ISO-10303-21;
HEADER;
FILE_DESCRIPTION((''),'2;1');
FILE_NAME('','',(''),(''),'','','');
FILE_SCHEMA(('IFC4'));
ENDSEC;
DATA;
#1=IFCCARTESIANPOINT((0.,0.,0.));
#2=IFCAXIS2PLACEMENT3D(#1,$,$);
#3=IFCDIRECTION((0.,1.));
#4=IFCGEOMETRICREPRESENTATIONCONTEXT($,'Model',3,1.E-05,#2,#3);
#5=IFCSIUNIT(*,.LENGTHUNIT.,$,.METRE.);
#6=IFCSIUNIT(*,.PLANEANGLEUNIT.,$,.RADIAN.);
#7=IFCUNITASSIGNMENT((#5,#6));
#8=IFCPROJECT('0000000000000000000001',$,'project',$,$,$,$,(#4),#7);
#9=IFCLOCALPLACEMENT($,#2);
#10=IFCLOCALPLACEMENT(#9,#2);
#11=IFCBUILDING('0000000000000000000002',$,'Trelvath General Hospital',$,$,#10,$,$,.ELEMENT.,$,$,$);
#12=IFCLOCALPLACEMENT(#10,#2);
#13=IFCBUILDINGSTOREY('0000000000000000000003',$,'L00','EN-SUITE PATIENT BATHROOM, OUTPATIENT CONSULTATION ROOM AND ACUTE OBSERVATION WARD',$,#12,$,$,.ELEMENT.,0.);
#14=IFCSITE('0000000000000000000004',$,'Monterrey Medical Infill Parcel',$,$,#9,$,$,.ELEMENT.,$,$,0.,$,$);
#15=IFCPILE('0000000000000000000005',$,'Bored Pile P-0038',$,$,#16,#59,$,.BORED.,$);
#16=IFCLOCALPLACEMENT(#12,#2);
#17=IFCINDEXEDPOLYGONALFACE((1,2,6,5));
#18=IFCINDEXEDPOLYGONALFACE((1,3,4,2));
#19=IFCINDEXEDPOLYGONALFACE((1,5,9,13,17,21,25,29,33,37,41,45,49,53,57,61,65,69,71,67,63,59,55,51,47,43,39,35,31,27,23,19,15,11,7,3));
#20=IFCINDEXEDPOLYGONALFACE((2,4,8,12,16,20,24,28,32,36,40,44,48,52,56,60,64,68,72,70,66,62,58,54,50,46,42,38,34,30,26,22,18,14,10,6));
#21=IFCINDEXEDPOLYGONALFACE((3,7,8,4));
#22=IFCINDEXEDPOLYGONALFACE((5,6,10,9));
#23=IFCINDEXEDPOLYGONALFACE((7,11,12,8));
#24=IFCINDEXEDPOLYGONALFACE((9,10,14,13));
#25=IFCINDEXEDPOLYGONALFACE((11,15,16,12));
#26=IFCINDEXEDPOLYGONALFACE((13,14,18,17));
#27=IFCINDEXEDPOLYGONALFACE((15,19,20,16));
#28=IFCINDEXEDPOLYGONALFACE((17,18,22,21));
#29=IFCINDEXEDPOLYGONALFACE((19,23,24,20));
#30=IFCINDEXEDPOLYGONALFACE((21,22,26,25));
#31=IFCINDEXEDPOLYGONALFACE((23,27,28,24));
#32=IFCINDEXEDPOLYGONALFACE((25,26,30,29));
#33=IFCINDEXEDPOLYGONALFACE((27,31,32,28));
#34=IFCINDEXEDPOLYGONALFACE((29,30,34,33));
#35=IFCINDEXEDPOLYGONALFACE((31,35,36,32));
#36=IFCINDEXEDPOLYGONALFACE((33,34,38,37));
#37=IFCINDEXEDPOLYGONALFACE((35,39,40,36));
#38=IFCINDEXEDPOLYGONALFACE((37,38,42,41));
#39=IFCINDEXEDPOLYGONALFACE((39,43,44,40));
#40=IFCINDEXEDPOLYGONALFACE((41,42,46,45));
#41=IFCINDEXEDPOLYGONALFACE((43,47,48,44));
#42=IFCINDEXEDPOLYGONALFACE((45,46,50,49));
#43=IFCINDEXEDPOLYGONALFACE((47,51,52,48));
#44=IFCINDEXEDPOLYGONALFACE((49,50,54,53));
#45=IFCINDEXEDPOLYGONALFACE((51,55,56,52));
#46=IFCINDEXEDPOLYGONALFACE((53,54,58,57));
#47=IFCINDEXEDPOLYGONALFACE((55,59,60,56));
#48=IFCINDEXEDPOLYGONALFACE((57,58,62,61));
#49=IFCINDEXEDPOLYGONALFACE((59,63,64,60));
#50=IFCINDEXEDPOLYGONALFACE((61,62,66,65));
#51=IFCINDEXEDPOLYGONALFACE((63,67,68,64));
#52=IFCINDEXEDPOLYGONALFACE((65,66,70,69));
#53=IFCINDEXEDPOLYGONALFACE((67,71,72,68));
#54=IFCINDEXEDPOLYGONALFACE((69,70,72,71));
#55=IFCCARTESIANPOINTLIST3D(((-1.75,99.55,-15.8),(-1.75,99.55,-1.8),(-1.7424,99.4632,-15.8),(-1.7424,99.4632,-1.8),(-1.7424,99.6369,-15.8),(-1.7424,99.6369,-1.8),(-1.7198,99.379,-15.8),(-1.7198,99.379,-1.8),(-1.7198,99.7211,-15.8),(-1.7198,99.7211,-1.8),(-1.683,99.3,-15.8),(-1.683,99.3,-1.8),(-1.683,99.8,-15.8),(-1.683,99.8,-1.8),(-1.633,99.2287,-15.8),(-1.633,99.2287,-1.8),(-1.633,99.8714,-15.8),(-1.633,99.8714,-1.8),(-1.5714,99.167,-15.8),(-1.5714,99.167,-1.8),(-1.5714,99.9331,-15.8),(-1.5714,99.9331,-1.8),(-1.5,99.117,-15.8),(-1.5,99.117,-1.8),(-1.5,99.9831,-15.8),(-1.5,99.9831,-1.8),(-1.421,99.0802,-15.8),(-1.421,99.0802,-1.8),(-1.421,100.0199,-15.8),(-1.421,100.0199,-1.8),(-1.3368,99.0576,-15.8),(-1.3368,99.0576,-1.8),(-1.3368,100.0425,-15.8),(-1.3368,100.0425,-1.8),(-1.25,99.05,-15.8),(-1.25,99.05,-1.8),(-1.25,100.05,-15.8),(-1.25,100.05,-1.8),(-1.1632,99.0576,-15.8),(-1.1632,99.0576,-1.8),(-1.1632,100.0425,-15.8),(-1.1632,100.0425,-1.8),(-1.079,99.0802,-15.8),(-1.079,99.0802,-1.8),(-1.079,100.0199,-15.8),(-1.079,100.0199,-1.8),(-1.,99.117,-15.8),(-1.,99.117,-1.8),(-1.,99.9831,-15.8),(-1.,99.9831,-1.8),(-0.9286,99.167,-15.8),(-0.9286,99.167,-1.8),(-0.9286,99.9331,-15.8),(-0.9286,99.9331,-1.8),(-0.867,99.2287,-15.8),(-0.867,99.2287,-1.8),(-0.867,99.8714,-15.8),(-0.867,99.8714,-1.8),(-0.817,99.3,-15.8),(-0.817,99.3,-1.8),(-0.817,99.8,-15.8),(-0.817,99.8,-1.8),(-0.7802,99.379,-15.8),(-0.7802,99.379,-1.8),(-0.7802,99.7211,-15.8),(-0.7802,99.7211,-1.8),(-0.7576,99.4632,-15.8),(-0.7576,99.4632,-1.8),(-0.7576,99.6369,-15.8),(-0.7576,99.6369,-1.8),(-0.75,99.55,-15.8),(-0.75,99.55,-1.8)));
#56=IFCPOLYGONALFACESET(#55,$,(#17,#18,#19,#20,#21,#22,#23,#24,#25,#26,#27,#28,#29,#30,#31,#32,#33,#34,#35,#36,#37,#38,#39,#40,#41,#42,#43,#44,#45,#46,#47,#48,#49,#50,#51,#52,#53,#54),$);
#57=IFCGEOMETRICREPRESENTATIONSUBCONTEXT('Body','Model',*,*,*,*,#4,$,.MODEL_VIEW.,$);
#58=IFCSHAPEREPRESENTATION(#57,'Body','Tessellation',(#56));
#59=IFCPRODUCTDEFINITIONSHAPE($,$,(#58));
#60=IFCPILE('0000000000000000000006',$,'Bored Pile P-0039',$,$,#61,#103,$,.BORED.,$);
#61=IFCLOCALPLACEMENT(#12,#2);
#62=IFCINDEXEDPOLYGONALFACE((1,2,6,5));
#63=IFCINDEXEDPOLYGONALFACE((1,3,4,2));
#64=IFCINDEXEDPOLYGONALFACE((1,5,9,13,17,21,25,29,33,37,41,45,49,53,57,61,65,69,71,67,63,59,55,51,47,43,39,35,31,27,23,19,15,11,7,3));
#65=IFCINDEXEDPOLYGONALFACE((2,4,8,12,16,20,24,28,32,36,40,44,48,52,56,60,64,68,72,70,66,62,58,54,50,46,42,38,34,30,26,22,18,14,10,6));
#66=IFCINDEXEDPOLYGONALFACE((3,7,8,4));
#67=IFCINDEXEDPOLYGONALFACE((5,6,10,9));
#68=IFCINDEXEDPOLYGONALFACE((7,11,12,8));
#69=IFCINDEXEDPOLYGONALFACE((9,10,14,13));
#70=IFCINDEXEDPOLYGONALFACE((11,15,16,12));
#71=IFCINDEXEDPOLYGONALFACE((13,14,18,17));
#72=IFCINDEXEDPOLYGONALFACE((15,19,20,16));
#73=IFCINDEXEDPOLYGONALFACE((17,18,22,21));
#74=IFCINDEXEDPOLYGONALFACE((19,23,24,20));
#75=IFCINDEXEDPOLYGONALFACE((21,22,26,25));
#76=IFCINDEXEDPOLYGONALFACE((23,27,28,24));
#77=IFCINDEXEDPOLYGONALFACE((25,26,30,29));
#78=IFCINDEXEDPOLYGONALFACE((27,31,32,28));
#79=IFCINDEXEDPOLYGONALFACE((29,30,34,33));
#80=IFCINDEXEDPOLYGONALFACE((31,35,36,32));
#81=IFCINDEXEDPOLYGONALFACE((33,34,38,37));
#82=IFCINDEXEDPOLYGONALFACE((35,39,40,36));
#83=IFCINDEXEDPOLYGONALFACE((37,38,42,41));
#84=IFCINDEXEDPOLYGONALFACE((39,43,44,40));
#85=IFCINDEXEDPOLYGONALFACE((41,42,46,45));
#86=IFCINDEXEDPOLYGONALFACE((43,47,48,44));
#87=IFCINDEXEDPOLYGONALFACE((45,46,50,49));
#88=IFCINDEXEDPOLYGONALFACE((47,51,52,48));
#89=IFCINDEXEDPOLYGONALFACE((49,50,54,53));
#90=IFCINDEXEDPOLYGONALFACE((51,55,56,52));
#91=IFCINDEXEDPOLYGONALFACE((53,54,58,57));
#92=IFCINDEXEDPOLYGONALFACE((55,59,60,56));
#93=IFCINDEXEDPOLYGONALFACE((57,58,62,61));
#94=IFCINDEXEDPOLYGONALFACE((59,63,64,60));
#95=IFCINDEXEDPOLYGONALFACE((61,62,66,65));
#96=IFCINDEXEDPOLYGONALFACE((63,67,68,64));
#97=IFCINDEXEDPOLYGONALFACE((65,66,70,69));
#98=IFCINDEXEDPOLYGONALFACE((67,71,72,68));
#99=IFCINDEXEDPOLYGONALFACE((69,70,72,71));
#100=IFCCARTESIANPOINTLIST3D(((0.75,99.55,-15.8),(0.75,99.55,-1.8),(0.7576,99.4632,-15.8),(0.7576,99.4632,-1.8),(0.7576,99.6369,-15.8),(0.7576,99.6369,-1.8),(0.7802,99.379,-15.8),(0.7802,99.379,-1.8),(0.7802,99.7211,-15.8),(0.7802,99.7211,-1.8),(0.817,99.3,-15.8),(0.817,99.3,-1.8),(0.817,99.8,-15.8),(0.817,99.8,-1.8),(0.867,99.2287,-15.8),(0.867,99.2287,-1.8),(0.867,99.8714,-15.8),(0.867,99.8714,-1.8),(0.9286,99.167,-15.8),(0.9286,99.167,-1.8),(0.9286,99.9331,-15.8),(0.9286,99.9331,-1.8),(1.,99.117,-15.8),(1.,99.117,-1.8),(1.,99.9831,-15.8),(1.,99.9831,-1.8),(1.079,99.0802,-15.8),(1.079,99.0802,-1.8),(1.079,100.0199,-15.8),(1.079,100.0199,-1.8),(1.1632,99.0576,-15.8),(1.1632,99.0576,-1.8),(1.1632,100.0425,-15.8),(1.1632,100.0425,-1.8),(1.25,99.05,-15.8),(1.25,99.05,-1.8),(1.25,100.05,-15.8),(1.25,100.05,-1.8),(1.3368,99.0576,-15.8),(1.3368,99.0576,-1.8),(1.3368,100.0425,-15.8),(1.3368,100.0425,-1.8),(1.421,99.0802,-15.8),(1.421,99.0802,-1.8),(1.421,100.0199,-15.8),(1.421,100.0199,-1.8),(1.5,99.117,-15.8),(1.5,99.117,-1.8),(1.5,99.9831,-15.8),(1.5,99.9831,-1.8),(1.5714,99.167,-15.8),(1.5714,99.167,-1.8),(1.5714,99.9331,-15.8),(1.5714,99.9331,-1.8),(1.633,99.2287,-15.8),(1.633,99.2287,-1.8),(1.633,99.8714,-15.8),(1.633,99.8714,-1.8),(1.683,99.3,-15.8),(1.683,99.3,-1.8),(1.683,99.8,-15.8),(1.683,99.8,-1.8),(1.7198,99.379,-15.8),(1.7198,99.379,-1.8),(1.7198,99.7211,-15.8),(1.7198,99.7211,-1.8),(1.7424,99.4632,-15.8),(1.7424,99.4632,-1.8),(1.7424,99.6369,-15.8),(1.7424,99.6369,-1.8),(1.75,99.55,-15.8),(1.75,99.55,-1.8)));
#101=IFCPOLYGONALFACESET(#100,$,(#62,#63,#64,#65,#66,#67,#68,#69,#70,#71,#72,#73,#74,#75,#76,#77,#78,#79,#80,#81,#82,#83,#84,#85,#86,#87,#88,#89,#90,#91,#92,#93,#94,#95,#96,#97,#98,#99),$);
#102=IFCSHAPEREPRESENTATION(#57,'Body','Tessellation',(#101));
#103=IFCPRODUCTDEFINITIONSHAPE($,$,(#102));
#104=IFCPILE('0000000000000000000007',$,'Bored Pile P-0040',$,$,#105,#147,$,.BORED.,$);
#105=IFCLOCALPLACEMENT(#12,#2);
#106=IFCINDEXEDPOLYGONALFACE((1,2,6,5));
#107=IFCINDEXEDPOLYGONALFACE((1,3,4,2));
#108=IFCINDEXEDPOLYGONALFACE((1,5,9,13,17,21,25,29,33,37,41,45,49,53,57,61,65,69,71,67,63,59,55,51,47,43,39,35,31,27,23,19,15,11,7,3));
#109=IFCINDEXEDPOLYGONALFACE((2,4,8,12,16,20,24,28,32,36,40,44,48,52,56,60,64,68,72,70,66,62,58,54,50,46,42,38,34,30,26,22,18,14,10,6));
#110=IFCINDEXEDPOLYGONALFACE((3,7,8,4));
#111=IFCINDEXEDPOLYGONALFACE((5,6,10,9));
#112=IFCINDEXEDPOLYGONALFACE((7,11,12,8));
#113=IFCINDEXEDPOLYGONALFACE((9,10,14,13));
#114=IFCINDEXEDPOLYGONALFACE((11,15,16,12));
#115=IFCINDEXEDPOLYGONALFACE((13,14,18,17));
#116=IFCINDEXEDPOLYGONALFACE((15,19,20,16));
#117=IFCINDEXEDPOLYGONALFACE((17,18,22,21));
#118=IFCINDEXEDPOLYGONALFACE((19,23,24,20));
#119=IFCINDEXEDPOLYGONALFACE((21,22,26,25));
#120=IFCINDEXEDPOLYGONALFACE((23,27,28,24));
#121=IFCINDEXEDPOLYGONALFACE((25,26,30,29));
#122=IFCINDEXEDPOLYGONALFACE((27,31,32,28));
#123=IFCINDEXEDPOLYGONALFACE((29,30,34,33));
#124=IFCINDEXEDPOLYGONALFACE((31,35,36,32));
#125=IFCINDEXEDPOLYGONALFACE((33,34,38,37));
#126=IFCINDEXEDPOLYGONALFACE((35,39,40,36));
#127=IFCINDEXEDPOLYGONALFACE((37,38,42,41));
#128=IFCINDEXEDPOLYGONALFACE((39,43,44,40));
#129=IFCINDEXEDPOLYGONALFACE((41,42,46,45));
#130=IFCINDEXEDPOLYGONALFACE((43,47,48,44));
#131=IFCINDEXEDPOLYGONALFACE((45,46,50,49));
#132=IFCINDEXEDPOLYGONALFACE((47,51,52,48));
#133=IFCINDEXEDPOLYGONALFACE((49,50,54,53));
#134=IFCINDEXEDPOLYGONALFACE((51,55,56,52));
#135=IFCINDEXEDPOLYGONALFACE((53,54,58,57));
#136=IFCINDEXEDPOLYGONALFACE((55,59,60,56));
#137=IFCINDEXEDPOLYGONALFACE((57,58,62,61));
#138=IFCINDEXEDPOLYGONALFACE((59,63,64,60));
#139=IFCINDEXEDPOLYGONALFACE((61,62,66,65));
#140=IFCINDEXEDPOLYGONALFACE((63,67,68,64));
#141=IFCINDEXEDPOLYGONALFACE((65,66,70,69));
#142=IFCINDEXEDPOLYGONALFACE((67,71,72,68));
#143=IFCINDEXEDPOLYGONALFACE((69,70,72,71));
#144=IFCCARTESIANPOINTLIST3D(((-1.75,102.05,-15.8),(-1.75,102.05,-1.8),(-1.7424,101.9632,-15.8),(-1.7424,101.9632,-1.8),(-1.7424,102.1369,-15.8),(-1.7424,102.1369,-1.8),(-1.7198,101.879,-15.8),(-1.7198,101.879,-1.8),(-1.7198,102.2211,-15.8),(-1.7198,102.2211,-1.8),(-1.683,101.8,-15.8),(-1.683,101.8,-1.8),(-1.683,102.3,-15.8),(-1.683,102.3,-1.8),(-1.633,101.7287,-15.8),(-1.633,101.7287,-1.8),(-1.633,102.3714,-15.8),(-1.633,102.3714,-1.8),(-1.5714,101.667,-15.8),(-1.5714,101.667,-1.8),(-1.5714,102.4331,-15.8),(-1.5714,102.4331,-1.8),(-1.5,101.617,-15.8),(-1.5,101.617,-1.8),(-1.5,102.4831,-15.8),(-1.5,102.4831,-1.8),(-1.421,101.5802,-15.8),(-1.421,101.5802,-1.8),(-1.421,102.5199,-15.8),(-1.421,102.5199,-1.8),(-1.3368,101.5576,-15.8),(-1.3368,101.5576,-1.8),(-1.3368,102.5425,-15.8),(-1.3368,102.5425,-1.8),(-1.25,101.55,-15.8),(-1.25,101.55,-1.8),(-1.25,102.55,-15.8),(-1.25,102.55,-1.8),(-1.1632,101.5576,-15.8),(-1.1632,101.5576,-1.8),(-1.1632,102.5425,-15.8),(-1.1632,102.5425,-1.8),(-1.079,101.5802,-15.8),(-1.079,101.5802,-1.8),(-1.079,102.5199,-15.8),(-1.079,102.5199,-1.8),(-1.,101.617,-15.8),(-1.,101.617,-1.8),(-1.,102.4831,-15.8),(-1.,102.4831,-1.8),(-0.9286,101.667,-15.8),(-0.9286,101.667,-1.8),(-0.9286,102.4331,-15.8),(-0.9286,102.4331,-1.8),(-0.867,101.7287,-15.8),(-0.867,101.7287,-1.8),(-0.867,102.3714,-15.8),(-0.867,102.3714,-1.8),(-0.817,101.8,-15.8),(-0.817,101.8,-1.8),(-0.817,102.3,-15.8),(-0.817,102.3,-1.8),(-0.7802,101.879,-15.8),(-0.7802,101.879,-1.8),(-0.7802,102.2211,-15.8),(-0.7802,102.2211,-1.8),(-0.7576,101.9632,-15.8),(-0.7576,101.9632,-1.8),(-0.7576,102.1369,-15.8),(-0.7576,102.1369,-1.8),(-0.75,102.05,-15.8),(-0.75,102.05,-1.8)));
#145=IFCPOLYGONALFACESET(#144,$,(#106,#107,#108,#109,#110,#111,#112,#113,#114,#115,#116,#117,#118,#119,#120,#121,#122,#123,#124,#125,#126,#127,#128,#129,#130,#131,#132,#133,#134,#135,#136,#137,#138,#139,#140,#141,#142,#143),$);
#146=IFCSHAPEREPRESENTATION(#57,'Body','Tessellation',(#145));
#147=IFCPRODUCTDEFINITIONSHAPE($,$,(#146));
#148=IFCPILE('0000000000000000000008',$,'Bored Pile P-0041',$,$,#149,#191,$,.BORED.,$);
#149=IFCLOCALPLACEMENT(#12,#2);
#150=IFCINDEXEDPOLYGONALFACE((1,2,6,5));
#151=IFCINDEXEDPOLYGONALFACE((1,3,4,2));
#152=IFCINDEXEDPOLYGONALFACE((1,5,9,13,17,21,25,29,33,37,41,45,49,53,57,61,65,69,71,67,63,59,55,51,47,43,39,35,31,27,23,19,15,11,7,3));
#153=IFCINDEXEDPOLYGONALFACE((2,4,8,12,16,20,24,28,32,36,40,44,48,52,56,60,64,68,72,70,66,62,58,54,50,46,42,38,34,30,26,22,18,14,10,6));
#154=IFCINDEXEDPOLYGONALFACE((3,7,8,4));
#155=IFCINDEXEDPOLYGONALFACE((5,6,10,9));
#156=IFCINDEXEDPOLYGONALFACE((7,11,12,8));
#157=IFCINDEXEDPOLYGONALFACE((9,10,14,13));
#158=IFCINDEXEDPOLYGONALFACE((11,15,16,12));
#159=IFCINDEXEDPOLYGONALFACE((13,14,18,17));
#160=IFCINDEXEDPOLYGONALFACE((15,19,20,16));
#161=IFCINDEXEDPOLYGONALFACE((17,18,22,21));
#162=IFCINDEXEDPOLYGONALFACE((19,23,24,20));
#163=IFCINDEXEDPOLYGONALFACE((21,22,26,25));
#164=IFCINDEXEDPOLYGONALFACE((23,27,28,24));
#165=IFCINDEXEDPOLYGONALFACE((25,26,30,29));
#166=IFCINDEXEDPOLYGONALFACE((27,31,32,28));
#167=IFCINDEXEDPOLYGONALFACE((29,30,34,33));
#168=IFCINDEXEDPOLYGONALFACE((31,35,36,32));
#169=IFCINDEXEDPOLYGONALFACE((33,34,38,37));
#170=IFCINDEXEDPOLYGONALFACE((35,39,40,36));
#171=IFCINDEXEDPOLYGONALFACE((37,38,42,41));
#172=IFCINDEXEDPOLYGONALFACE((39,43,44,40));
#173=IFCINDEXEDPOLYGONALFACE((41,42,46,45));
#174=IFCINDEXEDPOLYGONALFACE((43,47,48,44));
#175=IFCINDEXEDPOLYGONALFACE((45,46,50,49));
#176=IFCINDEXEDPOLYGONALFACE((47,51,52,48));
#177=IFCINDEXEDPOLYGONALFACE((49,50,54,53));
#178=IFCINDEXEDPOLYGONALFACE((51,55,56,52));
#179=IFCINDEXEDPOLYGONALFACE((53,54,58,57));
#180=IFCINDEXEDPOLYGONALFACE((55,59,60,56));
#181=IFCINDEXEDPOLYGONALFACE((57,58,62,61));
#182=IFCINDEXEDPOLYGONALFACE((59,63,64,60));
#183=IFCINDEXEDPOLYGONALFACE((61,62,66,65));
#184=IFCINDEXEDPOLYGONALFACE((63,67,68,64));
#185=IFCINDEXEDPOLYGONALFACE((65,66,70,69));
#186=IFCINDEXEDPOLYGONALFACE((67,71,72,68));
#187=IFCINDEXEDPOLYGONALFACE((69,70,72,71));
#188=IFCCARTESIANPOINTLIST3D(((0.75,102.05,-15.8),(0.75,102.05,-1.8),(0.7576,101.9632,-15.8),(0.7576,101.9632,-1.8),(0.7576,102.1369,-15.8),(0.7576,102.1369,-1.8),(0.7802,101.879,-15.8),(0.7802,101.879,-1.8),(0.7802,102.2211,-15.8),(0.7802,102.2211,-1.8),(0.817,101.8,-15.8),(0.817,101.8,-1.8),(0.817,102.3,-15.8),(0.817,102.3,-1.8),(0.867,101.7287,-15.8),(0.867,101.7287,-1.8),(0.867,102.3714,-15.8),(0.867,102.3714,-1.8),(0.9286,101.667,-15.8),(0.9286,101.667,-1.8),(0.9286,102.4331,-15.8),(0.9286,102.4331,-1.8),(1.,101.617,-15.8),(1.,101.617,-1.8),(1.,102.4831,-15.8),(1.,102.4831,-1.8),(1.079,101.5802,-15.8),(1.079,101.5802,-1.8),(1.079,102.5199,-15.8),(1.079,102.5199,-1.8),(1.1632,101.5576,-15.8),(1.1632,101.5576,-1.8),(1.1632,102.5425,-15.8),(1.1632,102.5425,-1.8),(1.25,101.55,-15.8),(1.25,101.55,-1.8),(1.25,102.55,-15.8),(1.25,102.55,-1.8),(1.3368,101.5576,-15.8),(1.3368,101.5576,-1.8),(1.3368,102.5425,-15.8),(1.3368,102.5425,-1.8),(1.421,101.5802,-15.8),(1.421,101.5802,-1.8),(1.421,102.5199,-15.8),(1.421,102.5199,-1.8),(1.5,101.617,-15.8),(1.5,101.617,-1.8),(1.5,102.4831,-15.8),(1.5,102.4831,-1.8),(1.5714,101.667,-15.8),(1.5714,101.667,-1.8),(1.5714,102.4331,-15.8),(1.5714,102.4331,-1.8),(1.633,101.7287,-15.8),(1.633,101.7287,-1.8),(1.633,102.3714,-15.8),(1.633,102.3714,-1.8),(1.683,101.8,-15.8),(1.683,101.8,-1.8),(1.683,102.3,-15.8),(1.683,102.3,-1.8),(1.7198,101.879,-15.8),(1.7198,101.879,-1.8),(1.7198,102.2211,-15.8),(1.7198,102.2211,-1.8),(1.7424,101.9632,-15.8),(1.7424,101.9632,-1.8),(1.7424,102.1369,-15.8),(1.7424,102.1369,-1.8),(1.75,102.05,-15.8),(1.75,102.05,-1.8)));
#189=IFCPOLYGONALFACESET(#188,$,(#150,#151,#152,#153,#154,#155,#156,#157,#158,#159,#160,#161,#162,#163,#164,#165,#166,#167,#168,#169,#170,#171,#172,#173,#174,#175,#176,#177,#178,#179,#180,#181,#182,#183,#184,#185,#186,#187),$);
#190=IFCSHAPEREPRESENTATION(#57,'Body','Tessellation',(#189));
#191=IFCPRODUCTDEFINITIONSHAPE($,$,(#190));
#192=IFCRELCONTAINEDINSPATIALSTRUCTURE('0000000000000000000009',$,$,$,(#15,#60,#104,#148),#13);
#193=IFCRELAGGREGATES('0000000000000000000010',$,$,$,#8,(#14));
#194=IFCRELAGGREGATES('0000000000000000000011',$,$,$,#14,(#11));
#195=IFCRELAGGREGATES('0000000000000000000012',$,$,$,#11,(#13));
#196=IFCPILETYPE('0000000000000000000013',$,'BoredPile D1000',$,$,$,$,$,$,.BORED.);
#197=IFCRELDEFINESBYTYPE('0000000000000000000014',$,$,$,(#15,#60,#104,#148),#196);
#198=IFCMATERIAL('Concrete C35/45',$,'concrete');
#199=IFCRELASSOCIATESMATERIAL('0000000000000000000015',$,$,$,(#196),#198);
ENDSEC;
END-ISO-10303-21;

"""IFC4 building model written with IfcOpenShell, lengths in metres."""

from ifc_helpers import new_model, si_unit, direction, frame, origin, origin_2d, place, context, subcontext, project, spatial, circle, extrude, material, material_profile, profile_set, type_object, element, save


model = new_model("IFC4")

# Units and contexts
model_context = context("Model", 3, precision=1e-05, world=origin(), true_north=direction((0.0, 1.0)))
body_context = subcontext(model_context, "Body", "Model", "MODEL_VIEW")
ifc_project = project(units=[si_unit("LENGTHUNIT", "METRE"), si_unit("PLANEANGLEUNIT", "RADIAN")], contexts=[model_context])

# Site, building, storey
site_placement = place(None, origin())
site = spatial("IfcSite", under=ifc_project, at=site_placement, Name="Monterrey Medical Infill Parcel", CompositionType="ELEMENT", RefElevation=0.0)
building_placement = place(site_placement, origin())
building = spatial("IfcBuilding", under=site, at=building_placement, Name="Trelvath General Hospital", CompositionType="ELEMENT")
storey_placement = place(building_placement, origin())
storey = spatial("IfcBuildingStorey", under=building, at=storey_placement, Name="L00", Description="EN-SUITE PATIENT BATHROOM, OUTPATIENT CONSULTATION ROOM AND ACUTE OBSERVATION WARD", CompositionType="ELEMENT", Elevation=0.0)

# Piles
ifc_material_1 = material(Name="Concrete C35/45", Category="concrete")
ifc_material_profile_1 = material_profile(ifc_material_1, circle(Radius=0.5, at=origin_2d()), Name="PILE1000")
ifc_profile_set_1 = profile_set([ifc_material_profile_1], Name="Concrete C35/45")
pile_type_1 = type_object("IfcPileType", Name="BoredPile D1000", PredefinedType="BORED", material=ifc_profile_set_1)
for number, where, z_axis, x_axis, name in (
    (1, (-1.25, 99.55, -1.8), (0.0, 0.0, -1.0), (1.0, 0.0, 0.0), "Bored Pile P-0038"),
    (2, (1.25, 99.55, -1.8), (0.0, 0.0, -1.0), (1.0, 0.0, 0.0), "Bored Pile P-0039"),
    (3, (-1.25, 102.05, -1.8), (0.0, 0.0, -1.0), (1.0, 0.0, 0.0), "Bored Pile P-0040"),
    (4, (1.25, 102.05, -1.8), (0.0, 0.0, -1.0), (1.0, 0.0, 0.0), "Bored Pile P-0041"),
):
    element("IfcPile", number, at=place(storey_placement, frame(where, z_axis=z_axis, x_axis=x_axis)), inside=storey, type_object=pile_type_1, Name=name, PredefinedType="BORED", context=body_context, shape_type="SweptSolid", body=[
        extrude(circle(Radius=0.5, at=origin_2d()), origin(), (0.0, 0.0, 1.0), 14.0),
    ])

save(model, "model.ifc")
